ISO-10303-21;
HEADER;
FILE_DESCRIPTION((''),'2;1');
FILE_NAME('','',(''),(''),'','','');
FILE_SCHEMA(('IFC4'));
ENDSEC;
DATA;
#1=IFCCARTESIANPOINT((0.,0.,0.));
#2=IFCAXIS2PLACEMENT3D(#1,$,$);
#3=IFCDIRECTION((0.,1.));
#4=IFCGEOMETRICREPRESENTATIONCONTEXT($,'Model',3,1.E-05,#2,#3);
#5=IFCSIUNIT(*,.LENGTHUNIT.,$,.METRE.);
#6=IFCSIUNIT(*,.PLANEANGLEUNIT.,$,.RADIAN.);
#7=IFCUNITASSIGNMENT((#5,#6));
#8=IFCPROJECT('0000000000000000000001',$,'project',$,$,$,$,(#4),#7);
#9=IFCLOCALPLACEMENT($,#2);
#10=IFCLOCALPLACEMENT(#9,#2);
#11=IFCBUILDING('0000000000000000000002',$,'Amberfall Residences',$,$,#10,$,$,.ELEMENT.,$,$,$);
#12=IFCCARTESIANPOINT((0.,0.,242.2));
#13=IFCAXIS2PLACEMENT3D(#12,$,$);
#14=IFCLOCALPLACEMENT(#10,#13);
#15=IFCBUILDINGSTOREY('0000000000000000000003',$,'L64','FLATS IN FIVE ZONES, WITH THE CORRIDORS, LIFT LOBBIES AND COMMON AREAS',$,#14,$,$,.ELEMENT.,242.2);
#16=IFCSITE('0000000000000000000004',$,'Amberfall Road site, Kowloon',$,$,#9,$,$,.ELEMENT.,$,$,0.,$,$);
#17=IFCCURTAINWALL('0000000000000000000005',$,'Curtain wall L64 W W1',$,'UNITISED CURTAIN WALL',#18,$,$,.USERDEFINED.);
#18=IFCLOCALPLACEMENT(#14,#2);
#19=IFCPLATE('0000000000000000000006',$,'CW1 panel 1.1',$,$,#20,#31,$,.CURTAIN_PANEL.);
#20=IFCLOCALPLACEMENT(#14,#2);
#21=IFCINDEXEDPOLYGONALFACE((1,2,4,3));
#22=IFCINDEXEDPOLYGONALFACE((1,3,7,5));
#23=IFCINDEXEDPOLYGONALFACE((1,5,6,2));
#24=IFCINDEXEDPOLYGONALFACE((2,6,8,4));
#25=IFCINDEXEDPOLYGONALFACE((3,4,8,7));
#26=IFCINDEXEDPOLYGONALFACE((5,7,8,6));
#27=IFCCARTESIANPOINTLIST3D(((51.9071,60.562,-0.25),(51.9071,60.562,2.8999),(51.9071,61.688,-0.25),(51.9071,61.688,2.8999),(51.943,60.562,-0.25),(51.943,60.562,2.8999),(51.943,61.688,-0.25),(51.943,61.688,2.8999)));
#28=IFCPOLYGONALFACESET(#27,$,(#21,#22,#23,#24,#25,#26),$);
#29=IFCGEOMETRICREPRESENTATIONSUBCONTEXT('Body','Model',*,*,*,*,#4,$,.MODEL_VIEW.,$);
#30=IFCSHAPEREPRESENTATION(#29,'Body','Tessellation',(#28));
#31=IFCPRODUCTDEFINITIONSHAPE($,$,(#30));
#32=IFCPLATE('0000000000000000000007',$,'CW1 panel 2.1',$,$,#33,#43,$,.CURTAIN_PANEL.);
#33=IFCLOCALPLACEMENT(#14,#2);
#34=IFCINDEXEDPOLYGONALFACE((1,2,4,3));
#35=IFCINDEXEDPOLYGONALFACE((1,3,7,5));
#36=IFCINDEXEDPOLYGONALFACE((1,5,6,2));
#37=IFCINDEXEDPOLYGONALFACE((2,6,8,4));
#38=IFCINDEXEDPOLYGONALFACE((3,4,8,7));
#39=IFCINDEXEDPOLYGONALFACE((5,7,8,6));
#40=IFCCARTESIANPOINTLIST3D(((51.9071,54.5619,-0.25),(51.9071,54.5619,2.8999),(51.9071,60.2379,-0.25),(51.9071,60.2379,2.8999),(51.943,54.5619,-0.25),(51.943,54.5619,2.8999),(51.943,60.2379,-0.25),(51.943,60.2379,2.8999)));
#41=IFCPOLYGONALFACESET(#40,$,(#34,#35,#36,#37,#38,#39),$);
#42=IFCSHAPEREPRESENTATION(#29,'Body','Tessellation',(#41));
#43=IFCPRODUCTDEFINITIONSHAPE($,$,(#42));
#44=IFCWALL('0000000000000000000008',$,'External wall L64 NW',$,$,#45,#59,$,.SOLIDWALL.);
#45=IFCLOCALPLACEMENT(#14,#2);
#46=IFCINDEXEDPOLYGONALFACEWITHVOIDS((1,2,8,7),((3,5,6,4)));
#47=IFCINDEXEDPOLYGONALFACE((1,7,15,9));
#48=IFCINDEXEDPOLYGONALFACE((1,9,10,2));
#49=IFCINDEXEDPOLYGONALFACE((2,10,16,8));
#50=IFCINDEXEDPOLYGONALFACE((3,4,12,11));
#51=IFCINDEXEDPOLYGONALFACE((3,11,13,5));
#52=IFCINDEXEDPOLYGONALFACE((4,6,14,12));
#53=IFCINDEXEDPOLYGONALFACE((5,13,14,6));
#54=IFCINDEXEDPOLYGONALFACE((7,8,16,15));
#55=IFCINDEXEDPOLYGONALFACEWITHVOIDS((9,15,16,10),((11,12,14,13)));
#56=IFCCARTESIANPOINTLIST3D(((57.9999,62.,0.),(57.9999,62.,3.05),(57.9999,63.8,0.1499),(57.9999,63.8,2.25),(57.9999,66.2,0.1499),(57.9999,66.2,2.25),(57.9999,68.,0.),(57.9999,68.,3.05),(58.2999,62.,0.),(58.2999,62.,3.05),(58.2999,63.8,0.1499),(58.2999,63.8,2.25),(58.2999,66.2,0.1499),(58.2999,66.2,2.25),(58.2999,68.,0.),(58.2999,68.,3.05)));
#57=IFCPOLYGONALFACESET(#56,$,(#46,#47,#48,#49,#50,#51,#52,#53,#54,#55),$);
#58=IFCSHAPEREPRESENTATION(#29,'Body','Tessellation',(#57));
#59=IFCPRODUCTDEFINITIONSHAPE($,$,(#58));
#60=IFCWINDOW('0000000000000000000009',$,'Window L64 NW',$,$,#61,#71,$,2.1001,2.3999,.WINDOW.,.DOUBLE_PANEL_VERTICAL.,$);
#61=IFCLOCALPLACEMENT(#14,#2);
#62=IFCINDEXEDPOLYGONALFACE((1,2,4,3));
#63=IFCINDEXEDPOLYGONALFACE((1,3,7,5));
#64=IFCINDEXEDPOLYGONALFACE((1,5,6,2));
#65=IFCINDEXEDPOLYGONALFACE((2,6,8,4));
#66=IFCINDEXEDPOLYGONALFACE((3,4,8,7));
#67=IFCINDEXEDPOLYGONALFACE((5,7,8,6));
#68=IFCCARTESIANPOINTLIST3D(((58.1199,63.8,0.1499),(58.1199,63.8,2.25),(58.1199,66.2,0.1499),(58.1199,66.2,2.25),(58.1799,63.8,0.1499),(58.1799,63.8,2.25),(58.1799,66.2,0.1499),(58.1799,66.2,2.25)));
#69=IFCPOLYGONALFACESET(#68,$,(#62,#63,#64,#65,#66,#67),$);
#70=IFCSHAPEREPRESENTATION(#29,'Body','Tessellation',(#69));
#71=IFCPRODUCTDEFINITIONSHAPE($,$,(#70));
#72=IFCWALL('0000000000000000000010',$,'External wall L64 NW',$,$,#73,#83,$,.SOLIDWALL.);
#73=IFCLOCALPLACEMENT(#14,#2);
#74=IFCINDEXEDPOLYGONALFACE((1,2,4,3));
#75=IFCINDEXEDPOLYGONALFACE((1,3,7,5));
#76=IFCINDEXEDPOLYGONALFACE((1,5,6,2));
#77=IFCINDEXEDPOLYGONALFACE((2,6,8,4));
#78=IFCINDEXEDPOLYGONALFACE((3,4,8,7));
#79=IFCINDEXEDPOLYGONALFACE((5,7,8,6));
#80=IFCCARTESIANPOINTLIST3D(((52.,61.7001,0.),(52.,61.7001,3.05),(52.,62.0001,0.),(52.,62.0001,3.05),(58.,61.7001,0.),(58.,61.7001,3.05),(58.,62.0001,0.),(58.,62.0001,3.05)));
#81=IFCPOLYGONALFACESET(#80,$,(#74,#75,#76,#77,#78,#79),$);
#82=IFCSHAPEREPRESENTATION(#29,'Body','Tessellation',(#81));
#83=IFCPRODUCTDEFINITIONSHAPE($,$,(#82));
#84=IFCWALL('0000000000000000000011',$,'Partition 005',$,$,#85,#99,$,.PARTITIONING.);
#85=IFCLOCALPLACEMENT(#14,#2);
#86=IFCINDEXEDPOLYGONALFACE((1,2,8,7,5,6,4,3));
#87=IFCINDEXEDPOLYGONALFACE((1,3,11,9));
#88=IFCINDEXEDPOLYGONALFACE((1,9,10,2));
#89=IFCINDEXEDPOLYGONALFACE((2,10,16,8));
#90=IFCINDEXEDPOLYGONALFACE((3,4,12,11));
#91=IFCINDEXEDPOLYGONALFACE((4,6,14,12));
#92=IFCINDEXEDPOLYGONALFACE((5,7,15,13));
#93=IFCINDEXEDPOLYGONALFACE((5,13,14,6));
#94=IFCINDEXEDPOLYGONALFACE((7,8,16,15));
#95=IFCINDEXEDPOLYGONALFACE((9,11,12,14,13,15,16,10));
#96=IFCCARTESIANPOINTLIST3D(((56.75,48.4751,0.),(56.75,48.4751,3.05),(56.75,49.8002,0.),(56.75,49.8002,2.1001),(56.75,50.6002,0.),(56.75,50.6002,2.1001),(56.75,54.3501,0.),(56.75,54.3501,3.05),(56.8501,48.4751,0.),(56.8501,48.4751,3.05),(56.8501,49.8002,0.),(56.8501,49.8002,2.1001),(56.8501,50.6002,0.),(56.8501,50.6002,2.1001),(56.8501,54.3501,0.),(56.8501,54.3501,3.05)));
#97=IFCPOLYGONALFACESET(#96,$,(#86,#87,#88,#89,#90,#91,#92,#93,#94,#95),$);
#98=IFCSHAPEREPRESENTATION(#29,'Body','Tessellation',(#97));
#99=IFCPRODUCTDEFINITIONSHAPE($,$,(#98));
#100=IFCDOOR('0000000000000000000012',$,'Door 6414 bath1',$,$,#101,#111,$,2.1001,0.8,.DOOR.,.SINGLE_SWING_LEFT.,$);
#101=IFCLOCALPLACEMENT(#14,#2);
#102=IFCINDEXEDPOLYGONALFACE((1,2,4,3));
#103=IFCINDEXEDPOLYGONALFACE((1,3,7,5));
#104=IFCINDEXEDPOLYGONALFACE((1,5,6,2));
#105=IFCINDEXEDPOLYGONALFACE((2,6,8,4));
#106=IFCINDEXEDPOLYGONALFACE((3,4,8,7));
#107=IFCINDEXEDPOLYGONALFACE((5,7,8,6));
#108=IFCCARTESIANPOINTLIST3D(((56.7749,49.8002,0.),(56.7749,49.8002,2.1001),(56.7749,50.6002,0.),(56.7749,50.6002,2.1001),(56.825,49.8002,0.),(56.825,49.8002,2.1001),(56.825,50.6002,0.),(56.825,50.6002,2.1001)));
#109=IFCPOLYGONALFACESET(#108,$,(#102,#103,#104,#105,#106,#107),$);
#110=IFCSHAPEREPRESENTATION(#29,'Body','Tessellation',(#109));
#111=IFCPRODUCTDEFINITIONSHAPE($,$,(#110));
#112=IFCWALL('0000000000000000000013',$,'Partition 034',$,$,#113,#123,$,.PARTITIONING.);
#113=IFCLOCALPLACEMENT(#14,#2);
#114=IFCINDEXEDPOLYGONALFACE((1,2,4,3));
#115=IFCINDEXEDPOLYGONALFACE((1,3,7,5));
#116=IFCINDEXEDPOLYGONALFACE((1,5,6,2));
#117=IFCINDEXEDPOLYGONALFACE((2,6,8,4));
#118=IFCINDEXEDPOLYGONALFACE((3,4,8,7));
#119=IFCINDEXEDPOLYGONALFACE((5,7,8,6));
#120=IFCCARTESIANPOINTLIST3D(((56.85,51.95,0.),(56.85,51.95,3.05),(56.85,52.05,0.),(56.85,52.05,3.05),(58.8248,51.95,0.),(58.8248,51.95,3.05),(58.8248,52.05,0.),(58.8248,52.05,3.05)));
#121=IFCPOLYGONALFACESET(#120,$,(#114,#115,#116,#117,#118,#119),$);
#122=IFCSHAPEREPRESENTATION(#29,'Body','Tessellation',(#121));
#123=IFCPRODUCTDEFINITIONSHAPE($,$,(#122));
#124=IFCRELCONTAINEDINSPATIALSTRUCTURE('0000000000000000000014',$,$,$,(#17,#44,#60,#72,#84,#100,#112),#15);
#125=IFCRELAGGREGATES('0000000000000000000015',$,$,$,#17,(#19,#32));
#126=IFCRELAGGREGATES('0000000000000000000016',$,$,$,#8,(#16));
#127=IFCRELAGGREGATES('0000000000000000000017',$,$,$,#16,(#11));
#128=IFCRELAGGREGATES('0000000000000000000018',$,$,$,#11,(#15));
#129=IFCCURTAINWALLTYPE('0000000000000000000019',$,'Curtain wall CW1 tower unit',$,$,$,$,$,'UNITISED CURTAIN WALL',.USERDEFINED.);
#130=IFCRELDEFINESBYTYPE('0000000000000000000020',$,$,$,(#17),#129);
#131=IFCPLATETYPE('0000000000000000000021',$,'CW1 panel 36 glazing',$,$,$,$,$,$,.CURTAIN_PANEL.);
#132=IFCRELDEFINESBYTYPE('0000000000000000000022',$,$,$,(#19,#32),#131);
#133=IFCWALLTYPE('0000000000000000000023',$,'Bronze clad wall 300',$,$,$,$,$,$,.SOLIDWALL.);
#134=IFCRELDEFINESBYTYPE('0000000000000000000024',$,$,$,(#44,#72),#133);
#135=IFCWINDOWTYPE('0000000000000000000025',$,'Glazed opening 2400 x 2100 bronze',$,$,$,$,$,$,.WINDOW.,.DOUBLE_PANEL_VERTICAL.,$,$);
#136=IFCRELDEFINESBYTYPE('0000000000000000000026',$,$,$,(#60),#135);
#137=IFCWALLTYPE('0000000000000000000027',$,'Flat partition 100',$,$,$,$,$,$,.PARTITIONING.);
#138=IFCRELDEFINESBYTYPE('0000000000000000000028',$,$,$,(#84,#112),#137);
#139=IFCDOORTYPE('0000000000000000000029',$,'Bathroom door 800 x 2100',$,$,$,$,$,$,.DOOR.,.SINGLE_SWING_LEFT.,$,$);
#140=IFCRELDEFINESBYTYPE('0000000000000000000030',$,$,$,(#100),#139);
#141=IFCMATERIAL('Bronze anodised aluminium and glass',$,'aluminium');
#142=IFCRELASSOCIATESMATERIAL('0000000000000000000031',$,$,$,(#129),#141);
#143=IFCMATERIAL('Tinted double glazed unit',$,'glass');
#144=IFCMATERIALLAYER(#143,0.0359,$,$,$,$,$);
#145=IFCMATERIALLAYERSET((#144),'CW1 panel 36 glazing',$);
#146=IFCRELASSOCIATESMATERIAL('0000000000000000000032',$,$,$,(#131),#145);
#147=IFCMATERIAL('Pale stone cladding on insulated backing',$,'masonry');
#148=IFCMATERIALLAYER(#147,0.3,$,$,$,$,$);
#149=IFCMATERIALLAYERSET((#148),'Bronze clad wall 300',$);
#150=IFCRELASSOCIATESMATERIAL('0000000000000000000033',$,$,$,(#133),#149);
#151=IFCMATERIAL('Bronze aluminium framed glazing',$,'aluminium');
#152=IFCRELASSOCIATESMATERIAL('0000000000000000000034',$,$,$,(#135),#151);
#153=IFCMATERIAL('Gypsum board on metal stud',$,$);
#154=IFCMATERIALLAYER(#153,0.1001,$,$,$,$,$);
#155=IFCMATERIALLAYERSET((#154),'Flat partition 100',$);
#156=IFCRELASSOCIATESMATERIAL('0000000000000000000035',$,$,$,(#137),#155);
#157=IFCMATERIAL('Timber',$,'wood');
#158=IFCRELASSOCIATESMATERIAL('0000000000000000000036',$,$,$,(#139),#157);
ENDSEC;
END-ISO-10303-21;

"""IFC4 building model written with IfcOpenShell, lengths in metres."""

from ifc_helpers import new_model, si_unit, direction, frame, frame_2d, origin, origin_2d, place, context, subcontext, project, spatial, rectangle, extrude, material, layer, layer_set, type_object, element, fill, aggregate, save


model = new_model("IFC4")

# Units and contexts
model_context = context("Model", 3, precision=1e-05, world=origin(), true_north=direction((0.0, 1.0)))
body_context = subcontext(model_context, "Body", "Model", "MODEL_VIEW")
ifc_project = project(units=[si_unit("LENGTHUNIT", "METRE"), si_unit("PLANEANGLEUNIT", "RADIAN")], contexts=[model_context])

# Site, building, storey
site_placement = place(None, origin())
site = spatial("IfcSite", under=ifc_project, at=site_placement, Name="Amberfall Road site, Kowloon", CompositionType="ELEMENT", RefElevation=0.0)
building_placement = place(site_placement, origin())
building = spatial("IfcBuilding", under=site, at=building_placement, Name="Amberfall Residences", CompositionType="ELEMENT")
storey_placement = place(building_placement, frame((0.0, 0.0, 242.2)))
storey = spatial("IfcBuildingStorey", under=building, at=storey_placement, Name="L64", Description="FLATS IN FIVE ZONES, WITH THE CORRIDORS, LIFT LOBBIES AND COMMON AREAS", CompositionType="ELEMENT", Elevation=242.2)

# Curtain wall
ifc_material_1 = material(Name="Bronze anodised aluminium and glass", Category="aluminium")
curtain_wall_type = type_object("IfcCurtainWallType", Name="Curtain wall CW1 tower unit", ElementType="UNITISED CURTAIN WALL", PredefinedType="USERDEFINED", material=ifc_material_1)
curtain_wall_1_placement = place(storey_placement, origin())
curtain_wall_1 = element("IfcCurtainWall", 1, at=curtain_wall_1_placement, inside=storey, type_object=curtain_wall_type, Name="Curtain wall L64 W W1", ObjectType="UNITISED CURTAIN WALL", PredefinedType="USERDEFINED")

# Plates
ifc_material_2 = material(Name="Tinted double glazed unit", Category="glass")
ifc_layer_1 = layer(ifc_material_2, 0.0359)
ifc_layer_set_1 = layer_set([ifc_layer_1], Name="CW1 panel 36 glazing")
plate_type = type_object("IfcPlateType", Name="CW1 panel 36 glazing", PredefinedType="CURTAIN_PANEL", material=ifc_layer_set_1)
plate_1_placement = place(storey_placement, frame((51.925, 61.125, -0.25), z_axis=(0.0, 0.0, 1.0), x_axis=(0.0, -1.0, 0.0)))
plate_1 = element("IfcPlate", 2, at=plate_1_placement, type_object=plate_type, Name="CW1 panel 1.1", PredefinedType="CURTAIN_PANEL", context=body_context, shape_type="SweptSolid", body=[
    extrude(rectangle(XDim=1.126, YDim=0.0359, at=origin_2d()), origin(), (0.0, 0.0, 1.0), 3.1499),
])
plate_2_placement = place(storey_placement, frame((51.925, 57.3999, -0.25), z_axis=(0.0, 0.0, 1.0), x_axis=(0.0, -1.0, 0.0)))
plate_2 = element("IfcPlate", 3, at=plate_2_placement, type_object=plate_type, Name="CW1 panel 2.1", PredefinedType="CURTAIN_PANEL", context=body_context, shape_type="SweptSolid", body=[
    extrude(rectangle(XDim=5.676, YDim=0.0359, at=origin_2d()), origin(), (0.0, 0.0, 1.0), 3.1499),
])
aggregate(curtain_wall_1, [plate_1, plate_2])

# Wall, opening, window
ifc_material_3 = material(Name="Pale stone cladding on insulated backing", Category="masonry")
ifc_layer_2 = layer(ifc_material_3, 0.3)
ifc_layer_set_2 = layer_set([ifc_layer_2], Name="Bronze clad wall 300")
wall_type_1 = type_object("IfcWallType", Name="Bronze clad wall 300", PredefinedType="SOLIDWALL", material=ifc_layer_set_2)
wall_1_placement = place(storey_placement, frame((58.1499, 68.0, 0.0), z_axis=(0.0, 0.0, 1.0), x_axis=(0.0, -1.0, 0.0)))
wall_1 = element("IfcWall", 4, at=wall_1_placement, inside=storey, type_object=wall_type_1, Name="External wall L64 NW", PredefinedType="SOLIDWALL", context=body_context, shape_type="SweptSolid", body=[
    extrude(rectangle(XDim=6.0, YDim=0.3, at=frame_2d((3.0, 0.0))), origin(), (0.0, 0.0, 1.0), 3.05),
])
opening_1_placement = place(wall_1_placement, frame((1.8, 0.0, 0.1499)))
opening_1 = element("IfcOpeningElement", 5, at=opening_1_placement, cuts=wall_1, PredefinedType="OPENING", context=body_context, shape_type="SweptSolid", body=[
    extrude(rectangle(XDim=2.3999, YDim=2.1001, at=frame_2d((1.2, 1.05))), frame((0.0, 0.1599, 0.0), z_axis=(0.0, -1.0, 0.0), x_axis=(1.0, 0.0, 0.0)), (0.0, 0.0, 1.0), 0.3201),
])
ifc_material_4 = material(Name="Bronze aluminium framed glazing", Category="aluminium")
window_type = type_object("IfcWindowType", Name="Glazed opening 2400 x 2100 bronze", PartitioningType="DOUBLE_PANEL_VERTICAL", PredefinedType="WINDOW", material=ifc_material_4)
window_placement = place(opening_1_placement, origin())
window = element("IfcWindow", 6, at=window_placement, inside=storey, type_object=window_type, Name="Window L64 NW", OverallHeight=2.1001, OverallWidth=2.3999, PartitioningType="DOUBLE_PANEL_VERTICAL", PredefinedType="WINDOW", context=body_context, shape_type="SweptSolid", body=[
    extrude(rectangle(XDim=2.3999, YDim=2.1001, at=frame_2d((1.2, 1.05))), frame((0.0, 0.03, 0.0), z_axis=(0.0, -1.0, 0.0), x_axis=(1.0, 0.0, 0.0)), (0.0, 0.0, 1.0), 0.0601),
])
fill(opening_1, window)

# Wall
wall_2_placement = place(storey_placement, frame((58.0, 61.8501, 0.0), z_axis=(0.0, 0.0, 1.0), x_axis=(-1.0, 0.0, 0.0)))
element("IfcWall", 7, at=wall_2_placement, inside=storey, type_object=wall_type_1, Name="External wall L64 NW", PredefinedType="SOLIDWALL", context=body_context, shape_type="SweptSolid", body=[
    extrude(rectangle(XDim=6.0, YDim=0.3, at=frame_2d((3.0, 0.0))), origin(), (0.0, 0.0, 1.0), 3.05),
])

# Wall, opening, door
ifc_material_5 = material(Name="Gypsum board on metal stud")
ifc_layer_3 = layer(ifc_material_5, 0.1001)
ifc_layer_set_3 = layer_set([ifc_layer_3], Name="Flat partition 100")
wall_type_2 = type_object("IfcWallType", Name="Flat partition 100", PredefinedType="PARTITIONING", material=ifc_layer_set_3)
wall_3_placement = place(storey_placement, frame((56.8, 54.3501, 0.0), z_axis=(0.0, 0.0, 1.0), x_axis=(0.0, -1.0, 0.0)))
wall_3 = element("IfcWall", 8, at=wall_3_placement, inside=storey, type_object=wall_type_2, Name="Partition 005", PredefinedType="PARTITIONING", context=body_context, shape_type="SweptSolid", body=[
    extrude(rectangle(XDim=5.875, YDim=0.1001, at=frame_2d((2.9375, 0.0))), origin(), (0.0, 0.0, 1.0), 3.05),
])
opening_2_placement = place(wall_3_placement, frame((3.75, 0.0, 0.0)))
opening_2 = element("IfcOpeningElement", 9, at=opening_2_placement, cuts=wall_3, PredefinedType="OPENING", context=body_context, shape_type="SweptSolid", body=[
    extrude(rectangle(XDim=0.8, YDim=2.1001, at=frame_2d((0.3999, 1.05))), frame((0.0, 0.0601, 0.0), z_axis=(0.0, -1.0, 0.0), x_axis=(1.0, 0.0, 0.0)), (0.0, 0.0, 1.0), 0.1201),
])
ifc_material_6 = material(Name="Timber", Category="wood")
door_type = type_object("IfcDoorType", Name="Bathroom door 800 x 2100", OperationType="SINGLE_SWING_LEFT", PredefinedType="DOOR", material=ifc_material_6)
door_placement = place(opening_2_placement, origin())
door = element("IfcDoor", 10, at=door_placement, inside=storey, type_object=door_type, Name="Door 6414 bath1", OperationType="SINGLE_SWING_LEFT", OverallHeight=2.1001, OverallWidth=0.8, PredefinedType="DOOR", context=body_context, shape_type="SweptSolid", body=[
    extrude(rectangle(XDim=0.8, YDim=2.1001, at=frame_2d((0.3999, 1.05))), frame((0.0, 0.0249, 0.0), z_axis=(0.0, -1.0, 0.0), x_axis=(1.0, 0.0, 0.0)), (0.0, 0.0, 1.0), 0.05),
])
fill(opening_2, door)

# Wall
wall_4_placement = place(storey_placement, frame((56.8501, 52.0, 0.0), z_axis=(0.0, 0.0, 1.0), x_axis=(1.0, 0.0, 0.0)))
element("IfcWall", 11, at=wall_4_placement, inside=storey, type_object=wall_type_2, Name="Partition 034", PredefinedType="PARTITIONING", context=body_context, shape_type="SweptSolid", body=[
    extrude(rectangle(XDim=1.9749, YDim=0.1001, at=frame_2d((0.9873, 0.0))), origin(), (0.0, 0.0, 1.0), 3.05),
])

save(model, "model.ifc")
